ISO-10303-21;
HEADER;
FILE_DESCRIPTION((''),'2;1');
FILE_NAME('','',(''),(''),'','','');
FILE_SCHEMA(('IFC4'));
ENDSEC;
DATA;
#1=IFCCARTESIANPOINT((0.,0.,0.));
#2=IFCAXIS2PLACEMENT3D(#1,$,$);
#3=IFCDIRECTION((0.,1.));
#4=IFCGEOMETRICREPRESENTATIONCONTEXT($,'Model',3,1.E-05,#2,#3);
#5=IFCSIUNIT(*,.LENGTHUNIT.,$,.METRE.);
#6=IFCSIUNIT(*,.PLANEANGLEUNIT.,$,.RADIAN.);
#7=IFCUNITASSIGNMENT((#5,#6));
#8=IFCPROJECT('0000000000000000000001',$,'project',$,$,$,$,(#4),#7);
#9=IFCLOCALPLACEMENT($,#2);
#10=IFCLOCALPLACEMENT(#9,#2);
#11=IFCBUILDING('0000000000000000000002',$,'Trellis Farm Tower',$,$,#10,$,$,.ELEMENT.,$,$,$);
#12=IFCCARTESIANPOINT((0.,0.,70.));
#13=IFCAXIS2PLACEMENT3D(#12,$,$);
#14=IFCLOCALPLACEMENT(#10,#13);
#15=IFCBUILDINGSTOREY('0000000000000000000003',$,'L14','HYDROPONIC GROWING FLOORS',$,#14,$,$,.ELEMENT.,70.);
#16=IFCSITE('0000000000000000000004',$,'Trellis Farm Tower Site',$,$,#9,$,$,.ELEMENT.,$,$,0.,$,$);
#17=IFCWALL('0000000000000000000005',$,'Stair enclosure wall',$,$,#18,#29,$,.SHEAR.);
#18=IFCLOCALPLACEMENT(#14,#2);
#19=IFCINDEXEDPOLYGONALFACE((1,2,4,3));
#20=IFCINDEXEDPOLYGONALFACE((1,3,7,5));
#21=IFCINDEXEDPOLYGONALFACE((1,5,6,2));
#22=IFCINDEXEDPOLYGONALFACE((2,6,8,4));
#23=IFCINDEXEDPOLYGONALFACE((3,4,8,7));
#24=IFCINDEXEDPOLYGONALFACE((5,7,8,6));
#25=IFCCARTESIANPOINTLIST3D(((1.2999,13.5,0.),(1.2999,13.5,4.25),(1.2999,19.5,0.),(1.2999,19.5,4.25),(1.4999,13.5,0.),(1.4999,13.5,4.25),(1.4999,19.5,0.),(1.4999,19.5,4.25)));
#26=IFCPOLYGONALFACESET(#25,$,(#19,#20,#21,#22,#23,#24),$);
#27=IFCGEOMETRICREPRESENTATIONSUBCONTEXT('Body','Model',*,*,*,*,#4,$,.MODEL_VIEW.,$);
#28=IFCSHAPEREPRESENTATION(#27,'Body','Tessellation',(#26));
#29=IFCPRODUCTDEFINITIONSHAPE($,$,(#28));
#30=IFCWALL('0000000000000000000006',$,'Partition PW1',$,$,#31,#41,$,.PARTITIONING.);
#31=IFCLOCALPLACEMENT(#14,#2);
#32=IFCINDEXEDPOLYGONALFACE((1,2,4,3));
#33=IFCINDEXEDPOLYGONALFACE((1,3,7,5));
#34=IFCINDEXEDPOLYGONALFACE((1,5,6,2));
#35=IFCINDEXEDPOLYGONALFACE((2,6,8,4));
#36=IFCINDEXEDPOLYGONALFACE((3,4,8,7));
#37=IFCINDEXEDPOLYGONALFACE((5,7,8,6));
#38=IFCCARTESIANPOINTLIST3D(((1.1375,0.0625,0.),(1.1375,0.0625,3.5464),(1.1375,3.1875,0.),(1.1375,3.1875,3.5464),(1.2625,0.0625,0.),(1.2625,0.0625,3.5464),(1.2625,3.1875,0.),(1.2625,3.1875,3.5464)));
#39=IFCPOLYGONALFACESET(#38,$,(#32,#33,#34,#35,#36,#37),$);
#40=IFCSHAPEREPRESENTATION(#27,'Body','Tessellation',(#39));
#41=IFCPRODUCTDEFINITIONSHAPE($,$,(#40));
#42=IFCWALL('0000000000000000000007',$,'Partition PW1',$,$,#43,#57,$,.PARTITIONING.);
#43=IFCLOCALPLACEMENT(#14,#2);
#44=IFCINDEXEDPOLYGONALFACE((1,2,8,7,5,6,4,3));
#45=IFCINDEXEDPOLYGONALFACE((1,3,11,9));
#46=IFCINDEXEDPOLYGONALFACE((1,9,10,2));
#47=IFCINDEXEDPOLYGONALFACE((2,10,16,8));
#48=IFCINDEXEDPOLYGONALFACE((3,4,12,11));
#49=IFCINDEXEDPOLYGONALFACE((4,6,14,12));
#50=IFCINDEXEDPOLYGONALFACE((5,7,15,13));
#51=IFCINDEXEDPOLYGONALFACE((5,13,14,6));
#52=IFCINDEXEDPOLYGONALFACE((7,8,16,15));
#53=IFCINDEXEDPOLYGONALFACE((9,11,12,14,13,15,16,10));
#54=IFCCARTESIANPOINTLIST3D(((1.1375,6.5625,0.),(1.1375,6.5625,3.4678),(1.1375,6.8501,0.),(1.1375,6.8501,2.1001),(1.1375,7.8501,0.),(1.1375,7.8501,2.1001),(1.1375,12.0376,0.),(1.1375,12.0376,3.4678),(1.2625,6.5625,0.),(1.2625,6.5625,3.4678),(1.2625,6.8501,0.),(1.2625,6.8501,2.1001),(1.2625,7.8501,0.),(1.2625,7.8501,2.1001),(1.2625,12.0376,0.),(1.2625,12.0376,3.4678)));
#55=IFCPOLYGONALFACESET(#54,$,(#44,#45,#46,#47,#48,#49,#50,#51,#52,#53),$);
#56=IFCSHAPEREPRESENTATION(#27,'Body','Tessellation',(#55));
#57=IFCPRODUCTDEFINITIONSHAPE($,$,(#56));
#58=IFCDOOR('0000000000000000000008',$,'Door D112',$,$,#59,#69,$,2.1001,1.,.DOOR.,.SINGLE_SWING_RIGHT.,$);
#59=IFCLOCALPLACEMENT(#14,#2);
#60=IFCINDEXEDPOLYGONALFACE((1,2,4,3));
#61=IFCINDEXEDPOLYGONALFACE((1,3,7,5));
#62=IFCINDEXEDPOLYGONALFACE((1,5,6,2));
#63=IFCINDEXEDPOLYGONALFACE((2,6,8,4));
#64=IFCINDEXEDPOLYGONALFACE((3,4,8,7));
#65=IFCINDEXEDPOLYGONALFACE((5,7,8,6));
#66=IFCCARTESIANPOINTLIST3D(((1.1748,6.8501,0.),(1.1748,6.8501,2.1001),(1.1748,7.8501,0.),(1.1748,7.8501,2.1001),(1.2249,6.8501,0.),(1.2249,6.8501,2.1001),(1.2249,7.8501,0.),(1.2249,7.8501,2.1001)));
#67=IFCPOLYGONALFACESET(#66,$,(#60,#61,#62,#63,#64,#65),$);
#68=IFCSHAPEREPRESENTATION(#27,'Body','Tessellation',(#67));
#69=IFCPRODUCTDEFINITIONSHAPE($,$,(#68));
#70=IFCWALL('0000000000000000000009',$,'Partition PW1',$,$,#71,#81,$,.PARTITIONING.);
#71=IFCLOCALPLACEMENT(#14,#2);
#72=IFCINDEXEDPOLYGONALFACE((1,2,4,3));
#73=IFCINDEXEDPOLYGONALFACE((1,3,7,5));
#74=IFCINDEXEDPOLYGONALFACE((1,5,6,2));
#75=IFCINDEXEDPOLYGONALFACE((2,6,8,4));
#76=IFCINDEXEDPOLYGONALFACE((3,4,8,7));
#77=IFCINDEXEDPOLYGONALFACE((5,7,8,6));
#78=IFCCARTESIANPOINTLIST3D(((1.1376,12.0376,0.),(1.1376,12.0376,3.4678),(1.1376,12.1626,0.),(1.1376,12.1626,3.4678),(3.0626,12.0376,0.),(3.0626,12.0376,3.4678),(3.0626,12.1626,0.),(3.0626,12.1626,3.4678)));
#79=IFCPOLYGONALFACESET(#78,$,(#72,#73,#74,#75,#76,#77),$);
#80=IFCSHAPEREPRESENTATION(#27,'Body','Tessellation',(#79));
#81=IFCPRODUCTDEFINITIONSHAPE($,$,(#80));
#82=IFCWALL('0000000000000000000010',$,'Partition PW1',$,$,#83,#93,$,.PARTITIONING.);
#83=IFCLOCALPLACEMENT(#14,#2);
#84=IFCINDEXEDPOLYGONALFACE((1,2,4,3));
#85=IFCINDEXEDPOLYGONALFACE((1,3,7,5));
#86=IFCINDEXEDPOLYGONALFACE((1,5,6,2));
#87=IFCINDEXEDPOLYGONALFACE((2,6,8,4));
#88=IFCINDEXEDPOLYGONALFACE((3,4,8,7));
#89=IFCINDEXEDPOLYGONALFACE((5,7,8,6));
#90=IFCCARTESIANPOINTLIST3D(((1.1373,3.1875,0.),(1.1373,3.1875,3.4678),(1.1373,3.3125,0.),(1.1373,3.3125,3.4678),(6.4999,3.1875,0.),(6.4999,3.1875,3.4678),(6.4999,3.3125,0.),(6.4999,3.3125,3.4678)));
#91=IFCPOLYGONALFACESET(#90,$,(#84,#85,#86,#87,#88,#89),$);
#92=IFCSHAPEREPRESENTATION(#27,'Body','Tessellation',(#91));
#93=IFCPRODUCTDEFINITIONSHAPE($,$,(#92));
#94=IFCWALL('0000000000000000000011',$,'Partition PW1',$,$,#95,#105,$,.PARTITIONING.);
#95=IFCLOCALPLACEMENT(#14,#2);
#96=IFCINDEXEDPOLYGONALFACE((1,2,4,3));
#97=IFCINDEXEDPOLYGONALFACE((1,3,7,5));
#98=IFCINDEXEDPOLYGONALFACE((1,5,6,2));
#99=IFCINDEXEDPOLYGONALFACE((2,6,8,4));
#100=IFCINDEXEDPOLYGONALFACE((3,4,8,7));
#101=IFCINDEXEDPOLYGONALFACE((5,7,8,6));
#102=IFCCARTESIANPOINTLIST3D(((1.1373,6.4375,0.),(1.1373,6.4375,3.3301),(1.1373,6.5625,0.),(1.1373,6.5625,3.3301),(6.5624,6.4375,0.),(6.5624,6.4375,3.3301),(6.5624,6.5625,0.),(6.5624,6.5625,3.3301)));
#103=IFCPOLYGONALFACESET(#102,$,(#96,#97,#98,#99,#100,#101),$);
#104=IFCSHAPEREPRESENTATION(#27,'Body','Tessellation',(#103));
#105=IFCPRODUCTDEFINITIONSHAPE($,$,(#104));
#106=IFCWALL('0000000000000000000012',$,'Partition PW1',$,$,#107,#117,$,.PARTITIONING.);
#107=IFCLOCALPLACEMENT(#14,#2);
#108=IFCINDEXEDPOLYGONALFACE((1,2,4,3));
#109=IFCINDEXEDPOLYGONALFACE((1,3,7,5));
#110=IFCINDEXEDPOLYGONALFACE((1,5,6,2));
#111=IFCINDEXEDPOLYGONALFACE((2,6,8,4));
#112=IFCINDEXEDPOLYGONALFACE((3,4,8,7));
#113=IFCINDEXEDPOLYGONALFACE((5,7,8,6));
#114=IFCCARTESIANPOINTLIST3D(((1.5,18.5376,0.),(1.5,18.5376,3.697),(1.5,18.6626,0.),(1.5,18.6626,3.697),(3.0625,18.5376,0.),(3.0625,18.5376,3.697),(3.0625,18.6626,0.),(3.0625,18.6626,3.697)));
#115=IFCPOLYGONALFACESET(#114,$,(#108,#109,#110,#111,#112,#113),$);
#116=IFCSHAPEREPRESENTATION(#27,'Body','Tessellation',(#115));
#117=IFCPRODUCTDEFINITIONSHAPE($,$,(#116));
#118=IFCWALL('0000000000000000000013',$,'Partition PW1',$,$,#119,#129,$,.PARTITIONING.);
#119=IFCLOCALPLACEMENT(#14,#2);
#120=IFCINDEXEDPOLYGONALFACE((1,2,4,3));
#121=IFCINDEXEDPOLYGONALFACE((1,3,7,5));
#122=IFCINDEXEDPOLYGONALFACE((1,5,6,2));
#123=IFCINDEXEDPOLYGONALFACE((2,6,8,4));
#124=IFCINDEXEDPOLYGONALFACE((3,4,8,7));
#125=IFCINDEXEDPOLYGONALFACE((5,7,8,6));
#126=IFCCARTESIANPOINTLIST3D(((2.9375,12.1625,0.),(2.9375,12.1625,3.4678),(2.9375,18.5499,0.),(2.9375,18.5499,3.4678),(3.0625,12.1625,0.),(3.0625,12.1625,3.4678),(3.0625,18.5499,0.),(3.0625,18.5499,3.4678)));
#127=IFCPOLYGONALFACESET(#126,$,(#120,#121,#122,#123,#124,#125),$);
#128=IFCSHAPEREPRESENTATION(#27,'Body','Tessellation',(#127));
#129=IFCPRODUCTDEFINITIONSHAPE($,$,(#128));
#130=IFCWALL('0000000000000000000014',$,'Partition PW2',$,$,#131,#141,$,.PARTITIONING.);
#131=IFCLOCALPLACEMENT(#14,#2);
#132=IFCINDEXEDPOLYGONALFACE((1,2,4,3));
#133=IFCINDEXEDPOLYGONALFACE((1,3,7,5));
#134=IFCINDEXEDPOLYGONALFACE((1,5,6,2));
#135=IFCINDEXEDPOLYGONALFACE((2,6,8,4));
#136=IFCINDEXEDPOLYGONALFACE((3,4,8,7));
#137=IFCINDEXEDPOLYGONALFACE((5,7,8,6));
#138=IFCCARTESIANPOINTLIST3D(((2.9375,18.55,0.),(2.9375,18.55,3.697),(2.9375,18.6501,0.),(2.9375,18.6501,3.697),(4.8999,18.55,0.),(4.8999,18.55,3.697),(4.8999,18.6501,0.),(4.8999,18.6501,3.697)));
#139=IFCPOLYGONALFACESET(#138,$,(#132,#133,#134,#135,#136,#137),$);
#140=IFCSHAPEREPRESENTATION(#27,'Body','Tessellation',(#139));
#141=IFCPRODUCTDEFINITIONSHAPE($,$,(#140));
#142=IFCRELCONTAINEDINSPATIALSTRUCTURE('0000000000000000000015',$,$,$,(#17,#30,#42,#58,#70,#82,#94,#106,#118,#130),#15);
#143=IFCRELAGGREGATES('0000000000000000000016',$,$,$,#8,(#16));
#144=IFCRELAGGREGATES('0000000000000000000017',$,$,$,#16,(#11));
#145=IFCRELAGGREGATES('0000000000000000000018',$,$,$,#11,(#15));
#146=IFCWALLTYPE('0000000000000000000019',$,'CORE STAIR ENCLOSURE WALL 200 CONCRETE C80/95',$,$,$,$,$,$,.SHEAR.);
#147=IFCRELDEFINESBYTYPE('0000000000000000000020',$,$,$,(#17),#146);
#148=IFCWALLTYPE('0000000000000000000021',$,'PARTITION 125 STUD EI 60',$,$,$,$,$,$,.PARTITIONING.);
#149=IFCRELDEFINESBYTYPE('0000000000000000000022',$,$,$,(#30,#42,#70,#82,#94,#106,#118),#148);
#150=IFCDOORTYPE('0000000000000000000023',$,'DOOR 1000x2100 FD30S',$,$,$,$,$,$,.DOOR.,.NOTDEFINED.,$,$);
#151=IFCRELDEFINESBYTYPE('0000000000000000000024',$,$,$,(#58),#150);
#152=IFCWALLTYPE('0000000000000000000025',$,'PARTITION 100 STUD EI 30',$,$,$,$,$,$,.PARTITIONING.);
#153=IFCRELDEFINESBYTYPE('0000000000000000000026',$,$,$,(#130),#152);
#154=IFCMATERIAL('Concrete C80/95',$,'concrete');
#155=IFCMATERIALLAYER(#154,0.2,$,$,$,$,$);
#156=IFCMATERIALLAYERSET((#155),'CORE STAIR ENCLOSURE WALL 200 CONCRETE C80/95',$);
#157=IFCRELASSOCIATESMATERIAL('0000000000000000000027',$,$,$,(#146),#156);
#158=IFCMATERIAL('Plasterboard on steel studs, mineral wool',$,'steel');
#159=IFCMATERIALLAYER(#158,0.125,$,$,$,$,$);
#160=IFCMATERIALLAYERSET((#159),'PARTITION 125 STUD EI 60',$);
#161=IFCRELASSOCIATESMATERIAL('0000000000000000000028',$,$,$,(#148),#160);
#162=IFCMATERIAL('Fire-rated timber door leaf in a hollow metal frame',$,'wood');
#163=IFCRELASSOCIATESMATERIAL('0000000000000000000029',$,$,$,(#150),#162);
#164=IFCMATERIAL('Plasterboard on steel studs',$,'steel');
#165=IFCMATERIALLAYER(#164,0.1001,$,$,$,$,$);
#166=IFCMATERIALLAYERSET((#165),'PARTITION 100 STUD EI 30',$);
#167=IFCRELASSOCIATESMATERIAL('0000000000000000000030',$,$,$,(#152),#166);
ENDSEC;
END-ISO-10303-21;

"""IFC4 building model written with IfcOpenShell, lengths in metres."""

from ifc_helpers import new_model, si_unit, direction, frame, frame_2d, origin, place, context, subcontext, project, spatial, rectangle, extrude, source, transform, mapped, material, layer, layer_set, type_object, element, fill, save


model = new_model("IFC4")

# Units and contexts
model_context = context("Model", 3, precision=1e-05, world=origin(), true_north=direction((0.0, 1.0)))
body_context = subcontext(model_context, "Body", "Model", "MODEL_VIEW")
ifc_project = project(units=[si_unit("LENGTHUNIT", "METRE"), si_unit("PLANEANGLEUNIT", "RADIAN")], contexts=[model_context])

# Site, building, storey
site_placement = place(None, origin())
site = spatial("IfcSite", under=ifc_project, at=site_placement, Name="Trellis Farm Tower Site", CompositionType="ELEMENT", RefElevation=0.0)
building_placement = place(site_placement, origin())
building = spatial("IfcBuilding", under=site, at=building_placement, Name="Trellis Farm Tower", CompositionType="ELEMENT")
storey_placement = place(building_placement, frame((0.0, 0.0, 70.0)))
storey = spatial("IfcBuildingStorey", under=building, at=storey_placement, Name="L14", Description="HYDROPONIC GROWING FLOORS", CompositionType="ELEMENT", Elevation=70.0)

# Wall
ifc_material_1 = material(Name="Concrete C80/95", Category="concrete")
ifc_layer_1 = layer(ifc_material_1, 0.2)
ifc_layer_set_1 = layer_set([ifc_layer_1], Name="CORE STAIR ENCLOSURE WALL 200 CONCRETE C80/95")
wall_type_1 = type_object("IfcWallType", Name="CORE STAIR ENCLOSURE WALL 200 CONCRETE C80/95", PredefinedType="SHEAR", material=ifc_layer_set_1)
shared_shape_1 = source(origin(), body_context, "Body", "SweptSolid", [
    extrude(rectangle(XDim=6.0, YDim=0.2, at=frame_2d((3.0, 0.0))), origin(), (0.0, 0.0, 1.0), 4.25),
])
wall_1_placement = place(storey_placement, frame((1.3999, 13.5, 0.0), z_axis=(0.0, 0.0, 1.0), x_axis=(0.0, 1.0, 0.0)))
element("IfcWall", 1, at=wall_1_placement, inside=storey, type_object=wall_type_1, Name="Stair enclosure wall", PredefinedType="SHEAR", context=body_context, shape_type="MappedRepresentation", body=[
    mapped(shared_shape_1, transform((0.0, 0.0, 0.0))),
])

# Wall
ifc_material_2 = material(Name="Plasterboard on steel studs, mineral wool", Category="steel")
ifc_layer_2 = layer(ifc_material_2, 0.125)
ifc_layer_set_2 = layer_set([ifc_layer_2], Name="PARTITION 125 STUD EI 60")
wall_type_2 = type_object("IfcWallType", Name="PARTITION 125 STUD EI 60", PredefinedType="PARTITIONING", material=ifc_layer_set_2)
shared_shape_2 = source(origin(), body_context, "Body", "SweptSolid", [
    extrude(rectangle(XDim=3.125, YDim=0.125, at=frame_2d((1.5625, 0.0))), origin(), (0.0, 0.0, 1.0), 3.5464),
])
wall_2_placement = place(storey_placement, frame((1.2, 3.1875, 0.0), z_axis=(0.0, 0.0, 1.0), x_axis=(0.0, -1.0, 0.0)))
element("IfcWall", 2, at=wall_2_placement, inside=storey, type_object=wall_type_2, Name="Partition PW1", PredefinedType="PARTITIONING", context=body_context, shape_type="MappedRepresentation", body=[
    mapped(shared_shape_2, transform((0.0, 0.0, 0.0))),
])

# Wall, opening, door
shared_shape_3 = source(origin(), body_context, "Body", "SweptSolid", [
    extrude(rectangle(XDim=5.4751, YDim=0.125, at=frame_2d((2.7375, 0.0))), origin(), (0.0, 0.0, 1.0), 3.4678),
])
wall_3_placement = place(storey_placement, frame((1.2, 12.0376, 0.0), z_axis=(0.0, 0.0, 1.0), x_axis=(0.0, -1.0, 0.0)))
wall_3 = element("IfcWall", 3, at=wall_3_placement, inside=storey, type_object=wall_type_2, Name="Partition PW1", PredefinedType="PARTITIONING", context=body_context, shape_type="MappedRepresentation", body=[
    mapped(shared_shape_3, transform((0.0, 0.0, 0.0))),
])
shared_shape_4 = source(origin(), body_context, "Body", "SweptSolid", [
    extrude(rectangle(XDim=1.0, YDim=2.1001, at=frame_2d((0.5, 1.05))), frame((0.0, 0.0725, 0.0), z_axis=(0.0, -1.0, 0.0), x_axis=(1.0, 0.0, 0.0)), (0.0, 0.0, 1.0), 0.145),
])
opening_1_placement = place(wall_3_placement, frame((4.1875, 0.0, 0.0)))
opening_1 = element("IfcOpeningElement", 4, at=opening_1_placement, cuts=wall_3, PredefinedType="OPENING", context=body_context, shape_type="MappedRepresentation", body=[
    mapped(shared_shape_4, transform((0.0, 0.0, 0.0))),
])
ifc_material_3 = material(Name="Fire-rated timber door leaf in a hollow metal frame", Category="wood")
door_type_1 = type_object("IfcDoorType", Name="DOOR 1000x2100 FD30S", OperationType="NOTDEFINED", PredefinedType="DOOR", material=ifc_material_3)
shared_shape_5 = source(origin(), body_context, "Body", "SweptSolid", [
    extrude(rectangle(XDim=1.0, YDim=2.1001, at=frame_2d((0.5, 1.05))), frame((0.0, 0.0249, 0.0), z_axis=(0.0, -1.0, 0.0), x_axis=(1.0, 0.0, 0.0)), (0.0, 0.0, 1.0), 0.05),
])
door_1_placement = place(opening_1_placement, origin())
door_1 = element("IfcDoor", 5, at=door_1_placement, inside=storey, type_object=door_type_1, Name="Door D112", OperationType="SINGLE_SWING_RIGHT", OverallHeight=2.1001, OverallWidth=1.0, PredefinedType="DOOR", context=body_context, shape_type="MappedRepresentation", body=[
    mapped(shared_shape_5, transform((0.0, 0.0, 0.0))),
])
fill(opening_1, door_1)

# Walls
shared_shape_6 = source(origin(), body_context, "Body", "SweptSolid", [
    extrude(rectangle(XDim=1.925, YDim=0.125, at=frame_2d((0.9624, 0.0))), origin(), (0.0, 0.0, 1.0), 3.4678),
])
wall_4_placement = place(storey_placement, frame((3.0625, 12.1001, 0.0), z_axis=(0.0, 0.0, 1.0), x_axis=(-1.0, 0.0, 0.0)))
element("IfcWall", 6, at=wall_4_placement, inside=storey, type_object=wall_type_2, Name="Partition PW1", PredefinedType="PARTITIONING", context=body_context, shape_type="MappedRepresentation", body=[
    mapped(shared_shape_6, transform((0.0, 0.0, 0.0))),
])
shared_shape_7 = source(origin(), body_context, "Body", "SweptSolid", [
    extrude(rectangle(XDim=5.3625, YDim=0.125, at=frame_2d((2.6812, 0.0))), origin(), (0.0, 0.0, 1.0), 3.4678),
])
wall_5_placement = place(storey_placement, frame((1.1375, 3.25, 0.0), z_axis=(0.0, 0.0, 1.0), x_axis=(1.0, 0.0, 0.0)))
element("IfcWall", 7, at=wall_5_placement, inside=storey, type_object=wall_type_2, Name="Partition PW1", PredefinedType="PARTITIONING", context=body_context, shape_type="MappedRepresentation", body=[
    mapped(shared_shape_7, transform((0.0, 0.0, 0.0))),
])
shared_shape_8 = source(origin(), body_context, "Body", "SweptSolid", [
    extrude(rectangle(XDim=5.425, YDim=0.125, at=frame_2d((2.7124, 0.0))), origin(), (0.0, 0.0, 1.0), 3.3301),
])
wall_6_placement = place(storey_placement, frame((1.1375, 6.5, 0.0), z_axis=(0.0, 0.0, 1.0), x_axis=(1.0, 0.0, 0.0)))
element("IfcWall", 8, at=wall_6_placement, inside=storey, type_object=wall_type_2, Name="Partition PW1", PredefinedType="PARTITIONING", context=body_context, shape_type="MappedRepresentation", body=[
    mapped(shared_shape_8, transform((0.0, 0.0, 0.0))),
])
shared_shape_9 = source(origin(), body_context, "Body", "SweptSolid", [
    extrude(rectangle(XDim=1.5625, YDim=0.125, at=frame_2d((0.7812, 0.0))), origin(), (0.0, 0.0, 1.0), 3.697),
])
wall_7_placement = place(storey_placement, frame((1.5, 18.6001, 0.0), z_axis=(0.0, 0.0, 1.0), x_axis=(1.0, 0.0, 0.0)))
element("IfcWall", 9, at=wall_7_placement, inside=storey, type_object=wall_type_2, Name="Partition PW1", PredefinedType="PARTITIONING", context=body_context, shape_type="MappedRepresentation", body=[
    mapped(shared_shape_9, transform((0.0, 0.0, 0.0))),
])
shared_shape_10 = source(origin(), body_context, "Body", "SweptSolid", [
    extrude(rectangle(XDim=6.3875, YDim=0.125, at=frame_2d((3.1938, 0.0))), origin(), (0.0, 0.0, 1.0), 3.4678),
])
wall_8_placement = place(storey_placement, frame((3.0, 18.55, 0.0), z_axis=(0.0, 0.0, 1.0), x_axis=(0.0, -1.0, 0.0)))
element("IfcWall", 10, at=wall_8_placement, inside=storey, type_object=wall_type_2, Name="Partition PW1", PredefinedType="PARTITIONING", context=body_context, shape_type="MappedRepresentation", body=[
    mapped(shared_shape_10, transform((0.0, 0.0, 0.0))),
])
ifc_material_4 = material(Name="Plasterboard on steel studs", Category="steel")
ifc_layer_3 = layer(ifc_material_4, 0.1001)
ifc_layer_set_3 = layer_set([ifc_layer_3], Name="PARTITION 100 STUD EI 30")
wall_type_3 = type_object("IfcWallType", Name="PARTITION 100 STUD EI 30", PredefinedType="PARTITIONING", material=ifc_layer_set_3)
shared_shape_11 = source(origin(), body_context, "Body", "SweptSolid", [
    extrude(rectangle(XDim=1.9624, YDim=0.1001, at=frame_2d((0.9812, 0.0))), origin(), (0.0, 0.0, 1.0), 3.697),
])
wall_9_placement = place(storey_placement, frame((2.9375, 18.6001, 0.0), z_axis=(0.0, 0.0, 1.0), x_axis=(1.0, 0.0, 0.0)))
element("IfcWall", 11, at=wall_9_placement, inside=storey, type_object=wall_type_3, Name="Partition PW2", PredefinedType="PARTITIONING", context=body_context, shape_type="MappedRepresentation", body=[
    mapped(shared_shape_11, transform((0.0, 0.0, 0.0))),
])

save(model, "model.ifc")
